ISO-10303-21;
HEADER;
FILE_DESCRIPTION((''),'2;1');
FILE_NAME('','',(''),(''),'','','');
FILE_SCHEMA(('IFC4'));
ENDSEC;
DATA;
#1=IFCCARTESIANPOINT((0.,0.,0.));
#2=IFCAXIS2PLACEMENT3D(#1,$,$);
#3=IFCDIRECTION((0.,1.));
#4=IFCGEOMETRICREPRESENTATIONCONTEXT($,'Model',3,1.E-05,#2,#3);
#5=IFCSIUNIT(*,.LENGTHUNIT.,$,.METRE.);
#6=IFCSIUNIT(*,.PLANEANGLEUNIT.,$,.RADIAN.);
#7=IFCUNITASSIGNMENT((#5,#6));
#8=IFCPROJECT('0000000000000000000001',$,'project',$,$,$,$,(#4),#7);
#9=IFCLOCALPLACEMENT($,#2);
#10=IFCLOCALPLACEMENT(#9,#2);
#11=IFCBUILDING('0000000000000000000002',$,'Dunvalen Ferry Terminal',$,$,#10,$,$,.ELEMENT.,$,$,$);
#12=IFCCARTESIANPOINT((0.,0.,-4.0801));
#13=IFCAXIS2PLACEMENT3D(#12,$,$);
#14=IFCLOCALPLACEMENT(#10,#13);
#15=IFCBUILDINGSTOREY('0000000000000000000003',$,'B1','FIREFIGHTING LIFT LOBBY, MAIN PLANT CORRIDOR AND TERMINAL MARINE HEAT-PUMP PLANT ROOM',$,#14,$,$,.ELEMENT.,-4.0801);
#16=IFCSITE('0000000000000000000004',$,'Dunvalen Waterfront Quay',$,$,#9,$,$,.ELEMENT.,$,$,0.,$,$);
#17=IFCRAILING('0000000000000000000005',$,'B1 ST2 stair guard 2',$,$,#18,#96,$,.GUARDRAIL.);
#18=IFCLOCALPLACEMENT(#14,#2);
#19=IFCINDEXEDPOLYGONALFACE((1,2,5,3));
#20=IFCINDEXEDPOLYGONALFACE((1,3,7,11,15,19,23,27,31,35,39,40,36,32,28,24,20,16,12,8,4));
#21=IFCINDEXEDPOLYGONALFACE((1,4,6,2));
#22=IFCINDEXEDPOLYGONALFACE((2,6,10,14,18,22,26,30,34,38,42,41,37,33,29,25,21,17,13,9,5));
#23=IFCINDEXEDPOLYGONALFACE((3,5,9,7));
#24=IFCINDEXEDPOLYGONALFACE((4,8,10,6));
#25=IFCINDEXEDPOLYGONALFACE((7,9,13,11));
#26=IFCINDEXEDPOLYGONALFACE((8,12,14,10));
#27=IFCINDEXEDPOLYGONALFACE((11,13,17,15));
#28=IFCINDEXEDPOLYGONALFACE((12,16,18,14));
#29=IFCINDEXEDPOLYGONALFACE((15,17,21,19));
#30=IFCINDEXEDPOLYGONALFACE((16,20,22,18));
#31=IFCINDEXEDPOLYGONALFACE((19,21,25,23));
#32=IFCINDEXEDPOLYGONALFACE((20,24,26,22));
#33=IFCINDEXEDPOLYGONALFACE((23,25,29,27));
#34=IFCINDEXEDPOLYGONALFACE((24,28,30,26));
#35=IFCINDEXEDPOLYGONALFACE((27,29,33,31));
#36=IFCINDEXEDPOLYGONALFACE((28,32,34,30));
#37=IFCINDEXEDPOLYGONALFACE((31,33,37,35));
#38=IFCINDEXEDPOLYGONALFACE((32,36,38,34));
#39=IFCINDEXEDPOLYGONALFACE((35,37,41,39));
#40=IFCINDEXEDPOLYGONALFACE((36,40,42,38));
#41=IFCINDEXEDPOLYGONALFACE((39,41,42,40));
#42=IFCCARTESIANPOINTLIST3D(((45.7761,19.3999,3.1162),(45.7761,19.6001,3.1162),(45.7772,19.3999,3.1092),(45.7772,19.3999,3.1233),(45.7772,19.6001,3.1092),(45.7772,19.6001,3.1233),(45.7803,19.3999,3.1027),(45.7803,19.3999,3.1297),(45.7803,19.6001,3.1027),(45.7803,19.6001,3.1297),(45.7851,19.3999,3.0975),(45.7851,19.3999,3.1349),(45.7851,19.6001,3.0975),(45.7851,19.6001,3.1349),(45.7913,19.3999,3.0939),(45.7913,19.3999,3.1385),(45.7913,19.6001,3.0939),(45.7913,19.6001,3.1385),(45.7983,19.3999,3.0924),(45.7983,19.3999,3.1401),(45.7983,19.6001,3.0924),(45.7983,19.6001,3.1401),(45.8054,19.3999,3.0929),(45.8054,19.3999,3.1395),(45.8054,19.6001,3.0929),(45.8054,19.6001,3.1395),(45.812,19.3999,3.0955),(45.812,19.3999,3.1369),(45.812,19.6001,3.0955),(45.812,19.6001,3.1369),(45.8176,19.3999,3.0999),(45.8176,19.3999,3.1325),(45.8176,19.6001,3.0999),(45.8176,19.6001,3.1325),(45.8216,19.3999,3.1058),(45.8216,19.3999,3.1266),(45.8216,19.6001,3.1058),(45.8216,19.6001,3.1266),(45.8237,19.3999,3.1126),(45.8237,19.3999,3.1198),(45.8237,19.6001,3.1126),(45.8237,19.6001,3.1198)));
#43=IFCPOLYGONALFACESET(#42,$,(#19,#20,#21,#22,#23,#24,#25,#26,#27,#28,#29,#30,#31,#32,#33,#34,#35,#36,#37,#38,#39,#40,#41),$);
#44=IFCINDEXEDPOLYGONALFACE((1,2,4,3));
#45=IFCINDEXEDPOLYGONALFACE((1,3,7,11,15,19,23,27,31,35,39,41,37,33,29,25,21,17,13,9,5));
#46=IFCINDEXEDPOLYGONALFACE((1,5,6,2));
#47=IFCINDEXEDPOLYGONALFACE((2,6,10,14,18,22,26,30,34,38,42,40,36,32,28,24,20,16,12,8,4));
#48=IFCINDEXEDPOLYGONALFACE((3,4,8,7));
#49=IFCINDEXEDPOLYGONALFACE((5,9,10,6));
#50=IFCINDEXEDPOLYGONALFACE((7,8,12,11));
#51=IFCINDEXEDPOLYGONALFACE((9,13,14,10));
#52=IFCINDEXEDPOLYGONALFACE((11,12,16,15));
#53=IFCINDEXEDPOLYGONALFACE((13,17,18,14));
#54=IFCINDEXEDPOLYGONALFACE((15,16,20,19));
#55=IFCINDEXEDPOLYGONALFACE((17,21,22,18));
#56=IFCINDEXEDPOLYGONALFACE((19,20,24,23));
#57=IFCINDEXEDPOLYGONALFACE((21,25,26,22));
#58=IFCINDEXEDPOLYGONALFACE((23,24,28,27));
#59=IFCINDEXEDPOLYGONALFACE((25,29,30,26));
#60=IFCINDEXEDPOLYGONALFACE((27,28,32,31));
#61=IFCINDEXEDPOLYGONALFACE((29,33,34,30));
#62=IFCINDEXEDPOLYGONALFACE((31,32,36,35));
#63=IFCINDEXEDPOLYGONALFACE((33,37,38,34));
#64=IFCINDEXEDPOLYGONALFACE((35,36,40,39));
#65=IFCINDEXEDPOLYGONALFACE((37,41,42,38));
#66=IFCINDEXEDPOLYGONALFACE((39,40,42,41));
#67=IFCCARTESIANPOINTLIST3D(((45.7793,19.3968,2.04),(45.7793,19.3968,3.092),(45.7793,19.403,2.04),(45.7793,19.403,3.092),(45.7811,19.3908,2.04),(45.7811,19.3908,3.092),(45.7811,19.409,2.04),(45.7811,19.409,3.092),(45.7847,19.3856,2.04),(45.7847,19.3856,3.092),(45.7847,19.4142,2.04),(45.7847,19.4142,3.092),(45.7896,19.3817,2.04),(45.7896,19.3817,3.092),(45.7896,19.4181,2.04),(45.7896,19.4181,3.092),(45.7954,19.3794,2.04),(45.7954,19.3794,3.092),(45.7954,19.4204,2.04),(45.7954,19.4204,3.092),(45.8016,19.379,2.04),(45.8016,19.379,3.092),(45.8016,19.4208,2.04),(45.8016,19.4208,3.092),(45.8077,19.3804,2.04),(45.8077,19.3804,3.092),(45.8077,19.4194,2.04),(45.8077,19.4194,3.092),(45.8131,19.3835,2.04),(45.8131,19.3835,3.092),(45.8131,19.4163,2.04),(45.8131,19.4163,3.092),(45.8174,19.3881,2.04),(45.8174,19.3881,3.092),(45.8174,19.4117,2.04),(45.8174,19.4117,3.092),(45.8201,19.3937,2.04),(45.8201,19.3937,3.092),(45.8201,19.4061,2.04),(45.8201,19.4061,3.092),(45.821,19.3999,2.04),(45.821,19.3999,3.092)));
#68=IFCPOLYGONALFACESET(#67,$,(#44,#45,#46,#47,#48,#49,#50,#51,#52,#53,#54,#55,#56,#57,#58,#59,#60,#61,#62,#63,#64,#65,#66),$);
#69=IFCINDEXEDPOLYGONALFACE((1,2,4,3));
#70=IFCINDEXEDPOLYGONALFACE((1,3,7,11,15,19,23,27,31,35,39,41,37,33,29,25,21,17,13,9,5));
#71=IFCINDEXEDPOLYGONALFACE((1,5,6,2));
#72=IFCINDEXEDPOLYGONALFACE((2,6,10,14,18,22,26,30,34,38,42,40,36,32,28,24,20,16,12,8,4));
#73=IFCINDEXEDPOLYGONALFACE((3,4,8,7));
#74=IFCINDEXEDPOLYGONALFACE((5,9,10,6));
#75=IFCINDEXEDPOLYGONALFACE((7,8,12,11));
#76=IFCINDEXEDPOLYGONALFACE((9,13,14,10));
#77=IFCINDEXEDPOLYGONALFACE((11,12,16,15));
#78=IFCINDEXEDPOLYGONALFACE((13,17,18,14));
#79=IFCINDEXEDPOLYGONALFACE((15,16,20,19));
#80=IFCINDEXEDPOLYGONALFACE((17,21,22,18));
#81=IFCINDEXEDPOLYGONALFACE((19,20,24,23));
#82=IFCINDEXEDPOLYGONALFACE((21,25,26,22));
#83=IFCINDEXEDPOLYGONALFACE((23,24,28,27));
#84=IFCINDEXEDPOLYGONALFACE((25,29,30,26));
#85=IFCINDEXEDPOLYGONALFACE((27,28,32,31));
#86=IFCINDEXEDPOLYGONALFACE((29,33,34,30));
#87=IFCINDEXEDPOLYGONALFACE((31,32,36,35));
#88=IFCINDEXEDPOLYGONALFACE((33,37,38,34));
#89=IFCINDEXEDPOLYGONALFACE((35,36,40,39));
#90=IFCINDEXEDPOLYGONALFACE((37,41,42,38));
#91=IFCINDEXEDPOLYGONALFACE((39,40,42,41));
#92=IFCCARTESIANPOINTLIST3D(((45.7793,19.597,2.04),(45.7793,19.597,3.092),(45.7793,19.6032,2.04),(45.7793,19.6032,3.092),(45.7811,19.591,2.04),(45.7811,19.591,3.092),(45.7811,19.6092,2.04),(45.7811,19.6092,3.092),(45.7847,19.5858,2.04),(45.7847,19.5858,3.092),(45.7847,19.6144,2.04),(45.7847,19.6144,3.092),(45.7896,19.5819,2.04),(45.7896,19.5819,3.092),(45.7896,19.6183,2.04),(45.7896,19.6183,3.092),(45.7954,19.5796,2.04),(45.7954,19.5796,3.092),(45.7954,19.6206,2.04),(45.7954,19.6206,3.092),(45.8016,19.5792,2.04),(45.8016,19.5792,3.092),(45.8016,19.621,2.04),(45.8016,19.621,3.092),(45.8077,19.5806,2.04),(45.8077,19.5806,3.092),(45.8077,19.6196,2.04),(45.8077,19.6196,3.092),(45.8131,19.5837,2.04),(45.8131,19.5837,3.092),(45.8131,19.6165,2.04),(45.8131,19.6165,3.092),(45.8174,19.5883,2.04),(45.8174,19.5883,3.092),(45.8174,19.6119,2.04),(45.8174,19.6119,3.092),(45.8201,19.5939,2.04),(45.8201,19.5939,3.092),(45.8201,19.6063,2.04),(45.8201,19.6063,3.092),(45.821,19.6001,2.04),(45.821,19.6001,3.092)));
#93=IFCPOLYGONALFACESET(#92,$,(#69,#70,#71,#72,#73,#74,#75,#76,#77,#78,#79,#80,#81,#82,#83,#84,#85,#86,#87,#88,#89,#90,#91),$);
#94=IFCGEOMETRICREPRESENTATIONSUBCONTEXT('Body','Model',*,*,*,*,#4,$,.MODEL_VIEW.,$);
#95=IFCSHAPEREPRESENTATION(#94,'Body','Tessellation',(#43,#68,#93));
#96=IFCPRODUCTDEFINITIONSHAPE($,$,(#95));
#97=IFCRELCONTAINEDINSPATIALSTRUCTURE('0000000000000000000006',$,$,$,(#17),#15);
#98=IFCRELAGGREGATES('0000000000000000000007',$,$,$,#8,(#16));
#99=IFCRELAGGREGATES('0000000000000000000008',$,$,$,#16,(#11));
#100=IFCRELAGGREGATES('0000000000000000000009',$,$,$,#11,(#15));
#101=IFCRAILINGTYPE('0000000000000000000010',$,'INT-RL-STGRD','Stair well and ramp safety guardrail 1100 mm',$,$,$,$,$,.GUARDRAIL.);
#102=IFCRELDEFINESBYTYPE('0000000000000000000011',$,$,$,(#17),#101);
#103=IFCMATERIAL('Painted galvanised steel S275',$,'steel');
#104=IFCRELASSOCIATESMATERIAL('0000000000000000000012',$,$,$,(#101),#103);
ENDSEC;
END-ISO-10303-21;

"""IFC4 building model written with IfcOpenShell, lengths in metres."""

from ifc_helpers import new_model, si_unit, direction, frame, origin, origin_2d, place, context, subcontext, project, spatial, circle, extrude, material, type_object, element, save


model = new_model("IFC4")

# Units and contexts
model_context = context("Model", 3, precision=1e-05, world=origin(), true_north=direction((0.0, 1.0)))
body_context = subcontext(model_context, "Body", "Model", "MODEL_VIEW")
ifc_project = project(units=[si_unit("LENGTHUNIT", "METRE"), si_unit("PLANEANGLEUNIT", "RADIAN")], contexts=[model_context])

# Site, building, storey
site_placement = place(None, origin())
site = spatial("IfcSite", under=ifc_project, at=site_placement, Name="Dunvalen Waterfront Quay", CompositionType="ELEMENT", RefElevation=0.0)
building_placement = place(site_placement, origin())
building = spatial("IfcBuilding", under=site, at=building_placement, Name="Dunvalen Ferry Terminal", CompositionType="ELEMENT")
storey_placement = place(building_placement, frame((0.0, 0.0, -4.0801)))
storey = spatial("IfcBuildingStorey", under=building, at=storey_placement, Name="B1", Description="FIREFIGHTING LIFT LOBBY, MAIN PLANT CORRIDOR AND TERMINAL MARINE HEAT-PUMP PLANT ROOM", CompositionType="ELEMENT", Elevation=-4.0801)

# Railing
ifc_material_1 = material(Name="Painted galvanised steel S275", Category="steel")
railing_type_1 = type_object("IfcRailingType", Name="INT-RL-STGRD", Description="Stair well and ramp safety guardrail 1100 mm", PredefinedType="GUARDRAIL", material=ifc_material_1)
railing_1_placement = place(storey_placement, frame((45.8, 19.3999, 2.04)))
element("IfcRailing", 1, at=railing_1_placement, inside=storey, type_object=railing_type_1, Name="B1 ST2 stair guard 2", PredefinedType="GUARDRAIL", context=body_context, shape_type="SweptSolid", body=[
    extrude(circle(Radius=0.0239, at=origin_2d()), frame((0.0, 0.0, 1.0762), z_axis=(0.0, 1.0, 0.0), x_axis=(-1.0, 0.0, 0.0)), (0.0, 0.0, 1.0), 0.2002),
    extrude(circle(Radius=0.021, at=origin_2d()), origin(), (0.0, 0.0, 1.0), 1.052),
    extrude(circle(Radius=0.021, at=origin_2d()), frame((0.0, 0.2002, 0.0)), (0.0, 0.0, 1.0), 1.052),
])

save(model, "model.ifc")
